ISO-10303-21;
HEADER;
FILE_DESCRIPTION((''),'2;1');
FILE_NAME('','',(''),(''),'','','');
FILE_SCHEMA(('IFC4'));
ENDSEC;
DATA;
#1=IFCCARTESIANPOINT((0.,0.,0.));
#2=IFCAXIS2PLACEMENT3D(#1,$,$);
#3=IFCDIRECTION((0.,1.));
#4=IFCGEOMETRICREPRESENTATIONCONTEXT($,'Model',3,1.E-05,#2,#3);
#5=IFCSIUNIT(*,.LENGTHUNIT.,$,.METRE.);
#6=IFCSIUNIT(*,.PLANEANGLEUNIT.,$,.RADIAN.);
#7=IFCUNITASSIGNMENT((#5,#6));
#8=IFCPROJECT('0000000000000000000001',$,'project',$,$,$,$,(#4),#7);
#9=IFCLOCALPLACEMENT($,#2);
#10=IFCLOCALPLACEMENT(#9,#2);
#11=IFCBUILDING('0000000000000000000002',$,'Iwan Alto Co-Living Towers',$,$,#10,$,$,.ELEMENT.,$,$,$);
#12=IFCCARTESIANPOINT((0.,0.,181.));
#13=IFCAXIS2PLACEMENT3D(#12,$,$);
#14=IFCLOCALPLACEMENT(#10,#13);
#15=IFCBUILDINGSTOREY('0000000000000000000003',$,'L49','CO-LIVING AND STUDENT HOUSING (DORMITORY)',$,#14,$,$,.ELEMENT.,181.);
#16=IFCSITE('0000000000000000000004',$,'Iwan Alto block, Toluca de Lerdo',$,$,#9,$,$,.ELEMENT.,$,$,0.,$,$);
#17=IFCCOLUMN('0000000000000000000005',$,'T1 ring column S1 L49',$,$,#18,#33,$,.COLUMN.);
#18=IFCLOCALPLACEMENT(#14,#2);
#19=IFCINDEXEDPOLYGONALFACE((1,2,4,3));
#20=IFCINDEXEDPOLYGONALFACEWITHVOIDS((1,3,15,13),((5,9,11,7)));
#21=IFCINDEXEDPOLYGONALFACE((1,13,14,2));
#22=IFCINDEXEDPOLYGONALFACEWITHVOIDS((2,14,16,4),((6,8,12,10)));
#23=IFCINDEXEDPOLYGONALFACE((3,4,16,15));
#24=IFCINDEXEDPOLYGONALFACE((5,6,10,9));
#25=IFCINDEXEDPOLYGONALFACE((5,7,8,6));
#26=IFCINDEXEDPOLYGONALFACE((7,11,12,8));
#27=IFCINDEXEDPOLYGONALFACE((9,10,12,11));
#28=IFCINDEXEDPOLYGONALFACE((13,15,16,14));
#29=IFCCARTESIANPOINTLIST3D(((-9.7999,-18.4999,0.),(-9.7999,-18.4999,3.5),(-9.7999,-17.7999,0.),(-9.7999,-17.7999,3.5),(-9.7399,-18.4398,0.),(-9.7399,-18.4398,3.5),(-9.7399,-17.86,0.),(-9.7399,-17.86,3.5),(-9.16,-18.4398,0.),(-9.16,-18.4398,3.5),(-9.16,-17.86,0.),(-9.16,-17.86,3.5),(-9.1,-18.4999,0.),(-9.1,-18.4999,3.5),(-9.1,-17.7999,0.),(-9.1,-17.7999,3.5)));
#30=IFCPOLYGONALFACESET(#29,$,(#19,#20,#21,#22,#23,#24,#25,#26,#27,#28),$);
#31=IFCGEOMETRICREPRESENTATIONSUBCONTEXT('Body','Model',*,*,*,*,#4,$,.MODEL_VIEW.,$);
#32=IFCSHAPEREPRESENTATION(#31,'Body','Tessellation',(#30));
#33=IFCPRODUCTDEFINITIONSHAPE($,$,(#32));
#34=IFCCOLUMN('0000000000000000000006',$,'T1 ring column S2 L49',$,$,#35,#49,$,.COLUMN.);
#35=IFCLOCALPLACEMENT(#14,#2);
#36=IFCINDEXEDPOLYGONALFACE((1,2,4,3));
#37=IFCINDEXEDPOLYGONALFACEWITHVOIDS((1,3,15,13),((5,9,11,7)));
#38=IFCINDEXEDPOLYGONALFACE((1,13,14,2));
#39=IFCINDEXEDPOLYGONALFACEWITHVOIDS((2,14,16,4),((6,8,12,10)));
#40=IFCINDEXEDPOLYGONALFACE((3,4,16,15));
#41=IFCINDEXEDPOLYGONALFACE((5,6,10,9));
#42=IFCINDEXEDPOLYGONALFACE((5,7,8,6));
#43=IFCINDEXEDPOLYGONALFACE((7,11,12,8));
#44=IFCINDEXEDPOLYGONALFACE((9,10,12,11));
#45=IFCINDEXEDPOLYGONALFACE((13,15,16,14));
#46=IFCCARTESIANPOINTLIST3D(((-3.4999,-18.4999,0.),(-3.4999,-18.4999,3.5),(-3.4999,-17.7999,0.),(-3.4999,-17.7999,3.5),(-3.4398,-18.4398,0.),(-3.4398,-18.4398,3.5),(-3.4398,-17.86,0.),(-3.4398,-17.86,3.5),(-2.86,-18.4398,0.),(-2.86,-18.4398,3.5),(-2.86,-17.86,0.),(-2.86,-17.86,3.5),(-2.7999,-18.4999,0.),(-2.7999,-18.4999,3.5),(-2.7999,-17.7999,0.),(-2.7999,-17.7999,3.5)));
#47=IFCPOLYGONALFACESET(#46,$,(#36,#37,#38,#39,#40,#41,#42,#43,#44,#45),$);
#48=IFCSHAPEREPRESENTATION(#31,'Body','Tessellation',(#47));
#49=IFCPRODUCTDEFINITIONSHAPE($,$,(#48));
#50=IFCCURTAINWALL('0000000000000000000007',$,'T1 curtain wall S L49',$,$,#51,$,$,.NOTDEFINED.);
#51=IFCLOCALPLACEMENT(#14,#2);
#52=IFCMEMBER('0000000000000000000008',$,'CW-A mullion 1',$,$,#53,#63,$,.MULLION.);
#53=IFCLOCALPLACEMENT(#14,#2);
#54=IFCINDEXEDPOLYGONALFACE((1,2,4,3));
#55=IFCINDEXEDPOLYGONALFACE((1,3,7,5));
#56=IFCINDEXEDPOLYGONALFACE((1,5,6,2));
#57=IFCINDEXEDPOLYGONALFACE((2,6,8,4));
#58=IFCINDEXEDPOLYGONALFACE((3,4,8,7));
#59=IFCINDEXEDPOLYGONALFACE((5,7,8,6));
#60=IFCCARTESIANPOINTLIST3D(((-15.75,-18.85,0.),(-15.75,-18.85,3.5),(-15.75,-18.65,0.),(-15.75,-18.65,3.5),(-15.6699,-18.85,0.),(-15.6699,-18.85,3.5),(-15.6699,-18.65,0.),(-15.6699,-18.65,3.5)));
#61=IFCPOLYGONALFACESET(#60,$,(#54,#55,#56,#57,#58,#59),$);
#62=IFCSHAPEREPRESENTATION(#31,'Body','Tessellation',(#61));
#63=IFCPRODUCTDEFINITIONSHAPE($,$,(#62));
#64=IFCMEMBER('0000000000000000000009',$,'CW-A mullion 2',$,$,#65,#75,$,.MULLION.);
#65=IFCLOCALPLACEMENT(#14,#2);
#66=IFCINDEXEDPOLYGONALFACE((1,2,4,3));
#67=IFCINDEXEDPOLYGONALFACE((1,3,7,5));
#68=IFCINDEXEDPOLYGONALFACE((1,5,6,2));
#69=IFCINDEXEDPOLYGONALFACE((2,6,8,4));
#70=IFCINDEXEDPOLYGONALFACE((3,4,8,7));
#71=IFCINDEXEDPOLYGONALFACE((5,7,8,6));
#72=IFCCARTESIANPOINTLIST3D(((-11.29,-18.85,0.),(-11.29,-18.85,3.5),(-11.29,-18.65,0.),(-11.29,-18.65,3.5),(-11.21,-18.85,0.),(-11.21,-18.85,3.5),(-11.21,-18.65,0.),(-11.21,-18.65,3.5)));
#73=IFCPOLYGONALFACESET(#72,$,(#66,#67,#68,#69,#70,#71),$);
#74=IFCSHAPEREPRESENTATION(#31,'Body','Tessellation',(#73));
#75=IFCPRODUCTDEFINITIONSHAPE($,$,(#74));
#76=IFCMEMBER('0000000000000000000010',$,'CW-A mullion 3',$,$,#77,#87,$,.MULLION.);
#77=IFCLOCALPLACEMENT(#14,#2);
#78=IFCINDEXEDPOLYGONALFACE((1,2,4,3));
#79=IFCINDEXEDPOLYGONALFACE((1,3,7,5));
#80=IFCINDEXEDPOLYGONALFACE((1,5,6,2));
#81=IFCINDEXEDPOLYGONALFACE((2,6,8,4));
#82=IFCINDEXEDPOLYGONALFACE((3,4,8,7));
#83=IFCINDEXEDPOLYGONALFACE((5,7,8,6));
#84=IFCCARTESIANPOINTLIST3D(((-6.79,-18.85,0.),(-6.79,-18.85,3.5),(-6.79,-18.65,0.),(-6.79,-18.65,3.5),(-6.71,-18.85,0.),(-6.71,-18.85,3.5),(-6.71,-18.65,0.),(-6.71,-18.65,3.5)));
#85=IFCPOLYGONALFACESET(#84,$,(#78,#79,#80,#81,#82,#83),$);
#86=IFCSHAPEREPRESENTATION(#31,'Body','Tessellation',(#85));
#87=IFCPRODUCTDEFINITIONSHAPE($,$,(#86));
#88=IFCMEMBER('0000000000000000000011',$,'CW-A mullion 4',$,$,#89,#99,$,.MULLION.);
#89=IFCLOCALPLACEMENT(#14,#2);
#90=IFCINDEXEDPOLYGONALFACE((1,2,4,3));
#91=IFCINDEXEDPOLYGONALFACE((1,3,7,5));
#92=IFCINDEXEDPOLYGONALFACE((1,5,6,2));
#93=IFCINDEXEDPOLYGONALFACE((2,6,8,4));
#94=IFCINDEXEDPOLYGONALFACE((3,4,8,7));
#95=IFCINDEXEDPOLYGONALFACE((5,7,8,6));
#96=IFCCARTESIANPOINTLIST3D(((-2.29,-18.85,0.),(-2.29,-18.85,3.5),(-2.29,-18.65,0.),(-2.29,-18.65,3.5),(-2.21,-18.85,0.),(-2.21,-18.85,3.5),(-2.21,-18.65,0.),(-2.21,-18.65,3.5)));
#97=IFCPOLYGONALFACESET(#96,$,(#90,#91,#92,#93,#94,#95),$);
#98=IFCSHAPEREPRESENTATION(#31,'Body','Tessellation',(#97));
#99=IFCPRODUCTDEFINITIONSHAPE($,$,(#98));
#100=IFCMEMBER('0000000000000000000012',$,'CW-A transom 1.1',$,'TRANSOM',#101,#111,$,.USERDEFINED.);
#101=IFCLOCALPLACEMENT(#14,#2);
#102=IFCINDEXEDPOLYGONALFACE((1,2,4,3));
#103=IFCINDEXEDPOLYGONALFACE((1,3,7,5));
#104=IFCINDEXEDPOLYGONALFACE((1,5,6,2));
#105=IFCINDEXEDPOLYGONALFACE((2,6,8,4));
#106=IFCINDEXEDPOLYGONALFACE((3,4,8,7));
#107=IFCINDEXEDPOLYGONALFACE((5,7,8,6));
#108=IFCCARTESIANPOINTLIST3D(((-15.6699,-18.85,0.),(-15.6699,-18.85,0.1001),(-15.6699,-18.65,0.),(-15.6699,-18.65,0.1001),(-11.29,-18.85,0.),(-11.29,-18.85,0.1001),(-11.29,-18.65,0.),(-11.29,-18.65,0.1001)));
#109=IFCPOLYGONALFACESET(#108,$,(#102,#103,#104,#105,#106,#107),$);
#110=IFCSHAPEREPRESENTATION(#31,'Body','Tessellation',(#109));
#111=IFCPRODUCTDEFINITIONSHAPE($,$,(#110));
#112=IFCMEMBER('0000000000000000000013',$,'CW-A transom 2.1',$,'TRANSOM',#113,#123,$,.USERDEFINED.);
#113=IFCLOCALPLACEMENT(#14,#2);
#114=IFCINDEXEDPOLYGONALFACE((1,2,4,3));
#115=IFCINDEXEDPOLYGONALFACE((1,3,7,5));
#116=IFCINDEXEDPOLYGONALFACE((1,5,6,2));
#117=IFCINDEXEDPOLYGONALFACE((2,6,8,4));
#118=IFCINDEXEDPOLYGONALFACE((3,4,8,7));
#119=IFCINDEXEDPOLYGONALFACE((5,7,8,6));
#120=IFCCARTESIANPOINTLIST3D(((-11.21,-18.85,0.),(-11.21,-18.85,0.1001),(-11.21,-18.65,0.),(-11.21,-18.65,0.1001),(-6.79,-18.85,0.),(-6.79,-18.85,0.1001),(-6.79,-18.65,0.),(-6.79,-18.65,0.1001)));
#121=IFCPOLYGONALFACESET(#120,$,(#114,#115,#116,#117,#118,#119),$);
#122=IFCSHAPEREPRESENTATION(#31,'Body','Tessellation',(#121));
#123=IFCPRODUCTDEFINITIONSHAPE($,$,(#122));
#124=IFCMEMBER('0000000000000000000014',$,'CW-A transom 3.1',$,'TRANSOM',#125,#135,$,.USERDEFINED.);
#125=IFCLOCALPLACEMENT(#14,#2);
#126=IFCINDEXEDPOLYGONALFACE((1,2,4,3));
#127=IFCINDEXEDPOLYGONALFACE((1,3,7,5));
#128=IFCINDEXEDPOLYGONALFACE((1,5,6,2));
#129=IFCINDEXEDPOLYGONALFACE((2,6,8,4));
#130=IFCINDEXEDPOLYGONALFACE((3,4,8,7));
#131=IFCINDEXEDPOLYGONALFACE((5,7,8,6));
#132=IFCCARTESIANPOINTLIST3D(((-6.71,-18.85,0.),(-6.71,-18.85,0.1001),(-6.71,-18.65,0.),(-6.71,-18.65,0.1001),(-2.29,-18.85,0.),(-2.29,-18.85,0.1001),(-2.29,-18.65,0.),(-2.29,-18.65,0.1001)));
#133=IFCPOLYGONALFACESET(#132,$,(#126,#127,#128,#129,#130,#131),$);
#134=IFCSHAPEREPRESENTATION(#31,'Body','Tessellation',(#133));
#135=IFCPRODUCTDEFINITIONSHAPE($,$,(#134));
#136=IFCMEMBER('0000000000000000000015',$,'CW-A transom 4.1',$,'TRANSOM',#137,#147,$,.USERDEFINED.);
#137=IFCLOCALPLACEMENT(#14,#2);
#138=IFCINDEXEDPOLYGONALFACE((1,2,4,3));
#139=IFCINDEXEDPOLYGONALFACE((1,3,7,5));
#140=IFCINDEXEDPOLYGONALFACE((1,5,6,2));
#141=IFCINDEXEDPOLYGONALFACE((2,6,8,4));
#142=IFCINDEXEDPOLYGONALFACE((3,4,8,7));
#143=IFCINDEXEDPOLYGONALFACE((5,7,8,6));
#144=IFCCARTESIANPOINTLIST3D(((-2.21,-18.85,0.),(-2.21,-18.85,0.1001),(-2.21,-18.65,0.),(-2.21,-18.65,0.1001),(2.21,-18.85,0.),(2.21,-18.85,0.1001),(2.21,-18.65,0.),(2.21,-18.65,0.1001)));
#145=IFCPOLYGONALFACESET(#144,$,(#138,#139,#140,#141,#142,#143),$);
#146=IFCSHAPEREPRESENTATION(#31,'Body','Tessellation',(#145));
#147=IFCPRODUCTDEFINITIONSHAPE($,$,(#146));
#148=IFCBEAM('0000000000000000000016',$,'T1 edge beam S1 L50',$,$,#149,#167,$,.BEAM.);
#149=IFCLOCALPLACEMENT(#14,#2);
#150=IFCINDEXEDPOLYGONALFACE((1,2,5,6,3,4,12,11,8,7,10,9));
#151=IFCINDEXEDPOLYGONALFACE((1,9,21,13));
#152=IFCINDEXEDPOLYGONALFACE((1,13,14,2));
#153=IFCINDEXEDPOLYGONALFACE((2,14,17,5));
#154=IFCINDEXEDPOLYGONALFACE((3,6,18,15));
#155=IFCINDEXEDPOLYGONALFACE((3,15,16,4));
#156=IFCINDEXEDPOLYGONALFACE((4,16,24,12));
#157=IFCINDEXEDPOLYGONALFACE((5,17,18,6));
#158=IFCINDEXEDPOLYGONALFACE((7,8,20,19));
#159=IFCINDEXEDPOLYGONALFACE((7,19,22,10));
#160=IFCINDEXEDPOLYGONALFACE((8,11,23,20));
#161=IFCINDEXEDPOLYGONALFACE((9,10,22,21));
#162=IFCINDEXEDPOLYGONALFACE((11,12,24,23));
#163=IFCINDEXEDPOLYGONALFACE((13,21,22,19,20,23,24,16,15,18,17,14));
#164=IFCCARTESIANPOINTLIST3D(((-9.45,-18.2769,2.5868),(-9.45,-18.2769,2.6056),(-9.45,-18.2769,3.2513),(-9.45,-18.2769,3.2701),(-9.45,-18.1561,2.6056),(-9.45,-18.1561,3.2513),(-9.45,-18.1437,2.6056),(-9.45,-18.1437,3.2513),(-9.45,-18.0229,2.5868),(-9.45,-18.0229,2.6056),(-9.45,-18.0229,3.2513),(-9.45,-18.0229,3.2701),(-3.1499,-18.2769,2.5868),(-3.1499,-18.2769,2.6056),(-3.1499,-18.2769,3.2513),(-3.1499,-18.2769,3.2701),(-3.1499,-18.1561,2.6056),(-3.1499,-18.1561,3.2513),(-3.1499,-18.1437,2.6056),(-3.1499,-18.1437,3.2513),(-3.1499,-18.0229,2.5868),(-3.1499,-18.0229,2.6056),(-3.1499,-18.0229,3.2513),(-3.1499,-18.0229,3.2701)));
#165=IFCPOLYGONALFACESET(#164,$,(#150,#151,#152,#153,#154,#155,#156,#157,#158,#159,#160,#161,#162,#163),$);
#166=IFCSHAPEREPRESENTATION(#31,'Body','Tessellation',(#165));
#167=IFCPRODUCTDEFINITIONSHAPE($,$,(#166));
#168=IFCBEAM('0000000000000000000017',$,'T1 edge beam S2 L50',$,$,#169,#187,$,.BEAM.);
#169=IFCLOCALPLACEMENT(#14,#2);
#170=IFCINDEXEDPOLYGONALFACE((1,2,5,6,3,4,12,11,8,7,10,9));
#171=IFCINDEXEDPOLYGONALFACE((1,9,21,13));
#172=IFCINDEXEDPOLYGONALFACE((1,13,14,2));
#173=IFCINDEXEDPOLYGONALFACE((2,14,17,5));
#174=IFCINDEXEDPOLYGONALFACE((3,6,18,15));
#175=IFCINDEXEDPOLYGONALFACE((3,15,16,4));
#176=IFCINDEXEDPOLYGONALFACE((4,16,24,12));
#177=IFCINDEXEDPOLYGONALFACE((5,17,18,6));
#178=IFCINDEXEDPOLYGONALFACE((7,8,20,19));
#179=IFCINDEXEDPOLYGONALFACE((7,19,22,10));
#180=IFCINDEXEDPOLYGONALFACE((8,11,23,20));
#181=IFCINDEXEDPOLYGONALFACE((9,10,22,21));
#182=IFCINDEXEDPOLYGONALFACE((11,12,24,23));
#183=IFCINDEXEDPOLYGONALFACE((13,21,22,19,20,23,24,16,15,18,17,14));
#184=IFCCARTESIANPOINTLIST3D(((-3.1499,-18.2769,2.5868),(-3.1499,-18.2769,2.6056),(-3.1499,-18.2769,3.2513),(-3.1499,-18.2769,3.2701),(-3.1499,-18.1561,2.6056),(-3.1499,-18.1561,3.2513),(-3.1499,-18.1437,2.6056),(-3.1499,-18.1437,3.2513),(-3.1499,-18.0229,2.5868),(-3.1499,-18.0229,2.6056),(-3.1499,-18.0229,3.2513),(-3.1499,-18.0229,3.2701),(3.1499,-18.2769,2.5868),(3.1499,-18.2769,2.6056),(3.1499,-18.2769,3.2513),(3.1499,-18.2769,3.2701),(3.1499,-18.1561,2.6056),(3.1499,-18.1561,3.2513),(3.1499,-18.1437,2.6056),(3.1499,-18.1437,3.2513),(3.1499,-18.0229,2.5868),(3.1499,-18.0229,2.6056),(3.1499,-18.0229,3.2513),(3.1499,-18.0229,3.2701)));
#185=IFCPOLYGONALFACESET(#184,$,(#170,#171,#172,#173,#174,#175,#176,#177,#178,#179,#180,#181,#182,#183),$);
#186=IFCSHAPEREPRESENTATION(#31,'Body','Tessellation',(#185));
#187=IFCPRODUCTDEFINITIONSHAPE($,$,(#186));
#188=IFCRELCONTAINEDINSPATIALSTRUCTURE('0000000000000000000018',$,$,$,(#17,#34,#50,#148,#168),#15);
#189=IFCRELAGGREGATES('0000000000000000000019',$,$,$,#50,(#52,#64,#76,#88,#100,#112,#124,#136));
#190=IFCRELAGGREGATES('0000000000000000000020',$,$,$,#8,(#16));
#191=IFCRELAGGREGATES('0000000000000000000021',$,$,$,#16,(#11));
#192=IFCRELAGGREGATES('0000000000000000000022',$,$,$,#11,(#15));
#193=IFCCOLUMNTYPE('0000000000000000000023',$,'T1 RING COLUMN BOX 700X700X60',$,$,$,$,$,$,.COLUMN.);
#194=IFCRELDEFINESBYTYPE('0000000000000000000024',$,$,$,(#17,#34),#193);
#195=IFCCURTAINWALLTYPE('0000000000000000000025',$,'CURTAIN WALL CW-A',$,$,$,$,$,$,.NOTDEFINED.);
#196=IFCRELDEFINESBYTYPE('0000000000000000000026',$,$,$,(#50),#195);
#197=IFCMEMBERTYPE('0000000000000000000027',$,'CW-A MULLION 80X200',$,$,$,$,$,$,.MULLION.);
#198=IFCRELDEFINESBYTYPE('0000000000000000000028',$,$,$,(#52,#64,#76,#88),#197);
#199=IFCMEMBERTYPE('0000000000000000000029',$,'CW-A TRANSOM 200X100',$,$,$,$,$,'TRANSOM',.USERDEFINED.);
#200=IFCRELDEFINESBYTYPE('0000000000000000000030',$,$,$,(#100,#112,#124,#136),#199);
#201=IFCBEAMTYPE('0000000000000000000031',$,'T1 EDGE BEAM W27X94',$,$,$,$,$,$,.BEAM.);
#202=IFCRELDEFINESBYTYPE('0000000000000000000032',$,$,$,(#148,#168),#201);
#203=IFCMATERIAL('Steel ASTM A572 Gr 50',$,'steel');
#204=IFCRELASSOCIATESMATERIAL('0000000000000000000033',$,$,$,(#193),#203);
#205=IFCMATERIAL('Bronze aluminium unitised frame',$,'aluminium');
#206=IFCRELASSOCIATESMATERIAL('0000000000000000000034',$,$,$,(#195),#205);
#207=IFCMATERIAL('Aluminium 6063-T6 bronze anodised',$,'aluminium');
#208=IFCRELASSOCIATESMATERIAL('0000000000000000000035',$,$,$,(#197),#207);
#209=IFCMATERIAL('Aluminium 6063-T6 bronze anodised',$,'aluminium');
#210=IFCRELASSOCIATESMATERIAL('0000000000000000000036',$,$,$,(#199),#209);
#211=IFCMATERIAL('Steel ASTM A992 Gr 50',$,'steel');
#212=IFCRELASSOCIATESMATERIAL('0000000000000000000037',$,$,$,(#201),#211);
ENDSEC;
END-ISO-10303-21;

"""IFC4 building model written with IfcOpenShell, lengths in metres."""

from ifc_helpers import new_model, si_unit, direction, frame, origin, origin_2d, place, context, subcontext, project, spatial, rectangle, hollow_rectangle, i_section, extrude, material, material_profile, profile_set, type_object, element, aggregate, save


model = new_model("IFC4")

# Units and contexts
model_context = context("Model", 3, precision=1e-05, world=origin(), true_north=direction((0.0, 1.0)))
body_context = subcontext(model_context, "Body", "Model", "MODEL_VIEW")
ifc_project = project(units=[si_unit("LENGTHUNIT", "METRE"), si_unit("PLANEANGLEUNIT", "RADIAN")], contexts=[model_context])

# Site, building, storey
site_placement = place(None, origin())
site = spatial("IfcSite", under=ifc_project, at=site_placement, Name="Iwan Alto block, Toluca de Lerdo", CompositionType="ELEMENT", RefElevation=0.0)
building_placement = place(site_placement, origin())
building = spatial("IfcBuilding", under=site, at=building_placement, Name="Iwan Alto Co-Living Towers", CompositionType="ELEMENT")
storey_placement = place(building_placement, frame((0.0, 0.0, 181.0)))
storey = spatial("IfcBuildingStorey", under=building, at=storey_placement, Name="L49", Description="CO-LIVING AND STUDENT HOUSING (DORMITORY)", CompositionType="ELEMENT", Elevation=181.0)

# Columns
ifc_material_1 = material(Name="Steel ASTM A572 Gr 50", Category="steel")
ifc_material_profile_1 = material_profile(ifc_material_1, hollow_rectangle(XDim=0.7, YDim=0.7, WallThickness=0.0601, at=origin_2d()), Name="BOX 700X700X60")
ifc_profile_set_1 = profile_set([ifc_material_profile_1], Name="Steel ASTM A572 Gr 50")
column_type = type_object("IfcColumnType", Name="T1 RING COLUMN BOX 700X700X60", PredefinedType="COLUMN", material=ifc_profile_set_1)
for number, where, z_axis, x_axis, name in (
    (1, (-9.45, -18.1499, 0.0), (0.0, 0.0, 1.0), (1.0, 0.0, 0.0), "T1 ring column S1 L49"),
    (2, (-3.1499, -18.1499, 0.0), (0.0, 0.0, 1.0), (1.0, 0.0, 0.0), "T1 ring column S2 L49"),
):
    element("IfcColumn", number, at=place(storey_placement, frame(where, z_axis=z_axis, x_axis=x_axis)), inside=storey, type_object=column_type, Name=name, PredefinedType="COLUMN", context=body_context, shape_type="SweptSolid", body=[
        extrude(hollow_rectangle(XDim=0.7, YDim=0.7, WallThickness=0.0601, at=origin_2d()), origin(), (0.0, 0.0, 1.0), 3.5),
    ])

# Curtain wall, members
ifc_material_2 = material(Name="Bronze aluminium unitised frame", Category="aluminium")
curtain_wall_type = type_object("IfcCurtainWallType", Name="CURTAIN WALL CW-A", PredefinedType="NOTDEFINED", material=ifc_material_2)
curtain_wall_placement = place(storey_placement, origin())
curtain_wall = element("IfcCurtainWall", 3, at=curtain_wall_placement, inside=storey, type_object=curtain_wall_type, Name="T1 curtain wall S L49", PredefinedType="NOTDEFINED")
ifc_material_3 = material(Name="Aluminium 6063-T6 bronze anodised", Category="aluminium")
ifc_material_profile_2 = material_profile(ifc_material_3, rectangle(XDim=0.2, YDim=0.0801, at=origin_2d()), Name="AL 80X200")
ifc_profile_set_2 = profile_set([ifc_material_profile_2], Name="Aluminium 6063-T6 bronze anodised")
member_type_1 = type_object("IfcMemberType", Name="CW-A MULLION 80X200", PredefinedType="MULLION", material=ifc_profile_set_2)
member_1_placement = place(storey_placement, frame((-15.71, -18.75, 0.0), z_axis=(0.0, 0.0, 1.0), x_axis=(0.0, 1.0, 0.0)))
member_1 = element("IfcMember", 4, at=member_1_placement, type_object=member_type_1, Name="CW-A mullion 1", PredefinedType="MULLION", context=body_context, shape_type="SweptSolid", body=[
    extrude(rectangle(XDim=0.2, YDim=0.0801, at=origin_2d()), origin(), (0.0, 0.0, 1.0), 3.5),
])
member_2_placement = place(storey_placement, frame((-11.25, -18.75, 0.0), z_axis=(0.0, 0.0, 1.0), x_axis=(0.0, 1.0, 0.0)))
member_2 = element("IfcMember", 5, at=member_2_placement, type_object=member_type_1, Name="CW-A mullion 2", PredefinedType="MULLION", context=body_context, shape_type="SweptSolid", body=[
    extrude(rectangle(XDim=0.2, YDim=0.0801, at=origin_2d()), origin(), (0.0, 0.0, 1.0), 3.5),
])
member_3_placement = place(storey_placement, frame((-6.75, -18.75, 0.0), z_axis=(0.0, 0.0, 1.0), x_axis=(0.0, 1.0, 0.0)))
member_3 = element("IfcMember", 6, at=member_3_placement, type_object=member_type_1, Name="CW-A mullion 3", PredefinedType="MULLION", context=body_context, shape_type="SweptSolid", body=[
    extrude(rectangle(XDim=0.2, YDim=0.0801, at=origin_2d()), origin(), (0.0, 0.0, 1.0), 3.5),
])
member_4_placement = place(storey_placement, frame((-2.25, -18.75, 0.0), z_axis=(0.0, 0.0, 1.0), x_axis=(0.0, 1.0, 0.0)))
member_4 = element("IfcMember", 7, at=member_4_placement, type_object=member_type_1, Name="CW-A mullion 4", PredefinedType="MULLION", context=body_context, shape_type="SweptSolid", body=[
    extrude(rectangle(XDim=0.2, YDim=0.0801, at=origin_2d()), origin(), (0.0, 0.0, 1.0), 3.5),
])
ifc_material_4 = material(Name="Aluminium 6063-T6 bronze anodised", Category="aluminium")
ifc_material_profile_3 = material_profile(ifc_material_4, rectangle(XDim=0.2, YDim=0.1001, at=origin_2d()), Name="AL 200X100")
ifc_profile_set_3 = profile_set([ifc_material_profile_3], Name="Aluminium 6063-T6 bronze anodised")
member_type_2 = type_object("IfcMemberType", Name="CW-A TRANSOM 200X100", ElementType="TRANSOM", PredefinedType="USERDEFINED", material=ifc_profile_set_3)
member_5_placement = place(storey_placement, frame((-15.6699, -18.75, 0.05), z_axis=(1.0, 0.0, 0.0), x_axis=(0.0, 1.0, 0.0)))
member_5 = element("IfcMember", 8, at=member_5_placement, type_object=member_type_2, Name="CW-A transom 1.1", ObjectType="TRANSOM", PredefinedType="USERDEFINED", context=body_context, shape_type="SweptSolid", body=[
    extrude(rectangle(XDim=0.2, YDim=0.1001, at=origin_2d()), origin(), (0.0, 0.0, 1.0), 4.3799),
])
member_6_placement = place(storey_placement, frame((-11.21, -18.75, 0.05), z_axis=(1.0, 0.0, 0.0), x_axis=(0.0, 1.0, 0.0)))
member_6 = element("IfcMember", 9, at=member_6_placement, type_object=member_type_2, Name="CW-A transom 2.1", ObjectType="TRANSOM", PredefinedType="USERDEFINED", context=body_context, shape_type="SweptSolid", body=[
    extrude(rectangle(XDim=0.2, YDim=0.1001, at=origin_2d()), origin(), (0.0, 0.0, 1.0), 4.4199),
])
member_7_placement = place(storey_placement, frame((-6.71, -18.75, 0.05), z_axis=(1.0, 0.0, 0.0), x_axis=(0.0, 1.0, 0.0)))
member_7 = element("IfcMember", 10, at=member_7_placement, type_object=member_type_2, Name="CW-A transom 3.1", ObjectType="TRANSOM", PredefinedType="USERDEFINED", context=body_context, shape_type="SweptSolid", body=[
    extrude(rectangle(XDim=0.2, YDim=0.1001, at=origin_2d()), origin(), (0.0, 0.0, 1.0), 4.4199),
])
member_8_placement = place(storey_placement, frame((-2.21, -18.75, 0.05), z_axis=(1.0, 0.0, 0.0), x_axis=(0.0, 1.0, 0.0)))
member_8 = element("IfcMember", 11, at=member_8_placement, type_object=member_type_2, Name="CW-A transom 4.1", ObjectType="TRANSOM", PredefinedType="USERDEFINED", context=body_context, shape_type="SweptSolid", body=[
    extrude(rectangle(XDim=0.2, YDim=0.1001, at=origin_2d()), origin(), (0.0, 0.0, 1.0), 4.4199),
])

# Beams
ifc_material_5 = material(Name="Steel ASTM A992 Gr 50", Category="steel")
ifc_material_profile_4 = material_profile(ifc_material_5, i_section(OverallWidth=0.2539, OverallDepth=0.6833, WebThickness=0.0125, FlangeThickness=0.0188, at=origin_2d()), Name="W27X94")
ifc_profile_set_4 = profile_set([ifc_material_profile_4], Name="Steel ASTM A992 Gr 50")
beam_type_1 = type_object("IfcBeamType", Name="T1 EDGE BEAM W27X94", PredefinedType="BEAM", material=ifc_profile_set_4)
beam_1_placement = place(storey_placement, frame((-9.45, -18.1499, 2.9285), z_axis=(1.0, 0.0, 0.0), x_axis=(0.0, 1.0, 0.0)))
element("IfcBeam", 12, at=beam_1_placement, inside=storey, type_object=beam_type_1, Name="T1 edge beam S1 L50", PredefinedType="BEAM", context=body_context, shape_type="SweptSolid", body=[
    extrude(i_section(OverallWidth=0.2539, OverallDepth=0.6833, WebThickness=0.0125, FlangeThickness=0.0188, at=origin_2d()), origin(), (0.0, 0.0, 1.0), 6.3),
])
beam_2_placement = place(storey_placement, frame((-3.1499, -18.1499, 2.9285), z_axis=(1.0, 0.0, 0.0), x_axis=(0.0, 1.0, 0.0)))
element("IfcBeam", 13, at=beam_2_placement, inside=storey, type_object=beam_type_1, Name="T1 edge beam S2 L50", PredefinedType="BEAM", context=body_context, shape_type="SweptSolid", body=[
    extrude(i_section(OverallWidth=0.2539, OverallDepth=0.6833, WebThickness=0.0125, FlangeThickness=0.0188, at=origin_2d()), origin(), (0.0, 0.0, 1.0), 6.2998),
])

aggregate(curtain_wall, [member_1, member_2, member_3, member_4, member_5, member_6, member_7, member_8])

save(model, "model.ifc")
